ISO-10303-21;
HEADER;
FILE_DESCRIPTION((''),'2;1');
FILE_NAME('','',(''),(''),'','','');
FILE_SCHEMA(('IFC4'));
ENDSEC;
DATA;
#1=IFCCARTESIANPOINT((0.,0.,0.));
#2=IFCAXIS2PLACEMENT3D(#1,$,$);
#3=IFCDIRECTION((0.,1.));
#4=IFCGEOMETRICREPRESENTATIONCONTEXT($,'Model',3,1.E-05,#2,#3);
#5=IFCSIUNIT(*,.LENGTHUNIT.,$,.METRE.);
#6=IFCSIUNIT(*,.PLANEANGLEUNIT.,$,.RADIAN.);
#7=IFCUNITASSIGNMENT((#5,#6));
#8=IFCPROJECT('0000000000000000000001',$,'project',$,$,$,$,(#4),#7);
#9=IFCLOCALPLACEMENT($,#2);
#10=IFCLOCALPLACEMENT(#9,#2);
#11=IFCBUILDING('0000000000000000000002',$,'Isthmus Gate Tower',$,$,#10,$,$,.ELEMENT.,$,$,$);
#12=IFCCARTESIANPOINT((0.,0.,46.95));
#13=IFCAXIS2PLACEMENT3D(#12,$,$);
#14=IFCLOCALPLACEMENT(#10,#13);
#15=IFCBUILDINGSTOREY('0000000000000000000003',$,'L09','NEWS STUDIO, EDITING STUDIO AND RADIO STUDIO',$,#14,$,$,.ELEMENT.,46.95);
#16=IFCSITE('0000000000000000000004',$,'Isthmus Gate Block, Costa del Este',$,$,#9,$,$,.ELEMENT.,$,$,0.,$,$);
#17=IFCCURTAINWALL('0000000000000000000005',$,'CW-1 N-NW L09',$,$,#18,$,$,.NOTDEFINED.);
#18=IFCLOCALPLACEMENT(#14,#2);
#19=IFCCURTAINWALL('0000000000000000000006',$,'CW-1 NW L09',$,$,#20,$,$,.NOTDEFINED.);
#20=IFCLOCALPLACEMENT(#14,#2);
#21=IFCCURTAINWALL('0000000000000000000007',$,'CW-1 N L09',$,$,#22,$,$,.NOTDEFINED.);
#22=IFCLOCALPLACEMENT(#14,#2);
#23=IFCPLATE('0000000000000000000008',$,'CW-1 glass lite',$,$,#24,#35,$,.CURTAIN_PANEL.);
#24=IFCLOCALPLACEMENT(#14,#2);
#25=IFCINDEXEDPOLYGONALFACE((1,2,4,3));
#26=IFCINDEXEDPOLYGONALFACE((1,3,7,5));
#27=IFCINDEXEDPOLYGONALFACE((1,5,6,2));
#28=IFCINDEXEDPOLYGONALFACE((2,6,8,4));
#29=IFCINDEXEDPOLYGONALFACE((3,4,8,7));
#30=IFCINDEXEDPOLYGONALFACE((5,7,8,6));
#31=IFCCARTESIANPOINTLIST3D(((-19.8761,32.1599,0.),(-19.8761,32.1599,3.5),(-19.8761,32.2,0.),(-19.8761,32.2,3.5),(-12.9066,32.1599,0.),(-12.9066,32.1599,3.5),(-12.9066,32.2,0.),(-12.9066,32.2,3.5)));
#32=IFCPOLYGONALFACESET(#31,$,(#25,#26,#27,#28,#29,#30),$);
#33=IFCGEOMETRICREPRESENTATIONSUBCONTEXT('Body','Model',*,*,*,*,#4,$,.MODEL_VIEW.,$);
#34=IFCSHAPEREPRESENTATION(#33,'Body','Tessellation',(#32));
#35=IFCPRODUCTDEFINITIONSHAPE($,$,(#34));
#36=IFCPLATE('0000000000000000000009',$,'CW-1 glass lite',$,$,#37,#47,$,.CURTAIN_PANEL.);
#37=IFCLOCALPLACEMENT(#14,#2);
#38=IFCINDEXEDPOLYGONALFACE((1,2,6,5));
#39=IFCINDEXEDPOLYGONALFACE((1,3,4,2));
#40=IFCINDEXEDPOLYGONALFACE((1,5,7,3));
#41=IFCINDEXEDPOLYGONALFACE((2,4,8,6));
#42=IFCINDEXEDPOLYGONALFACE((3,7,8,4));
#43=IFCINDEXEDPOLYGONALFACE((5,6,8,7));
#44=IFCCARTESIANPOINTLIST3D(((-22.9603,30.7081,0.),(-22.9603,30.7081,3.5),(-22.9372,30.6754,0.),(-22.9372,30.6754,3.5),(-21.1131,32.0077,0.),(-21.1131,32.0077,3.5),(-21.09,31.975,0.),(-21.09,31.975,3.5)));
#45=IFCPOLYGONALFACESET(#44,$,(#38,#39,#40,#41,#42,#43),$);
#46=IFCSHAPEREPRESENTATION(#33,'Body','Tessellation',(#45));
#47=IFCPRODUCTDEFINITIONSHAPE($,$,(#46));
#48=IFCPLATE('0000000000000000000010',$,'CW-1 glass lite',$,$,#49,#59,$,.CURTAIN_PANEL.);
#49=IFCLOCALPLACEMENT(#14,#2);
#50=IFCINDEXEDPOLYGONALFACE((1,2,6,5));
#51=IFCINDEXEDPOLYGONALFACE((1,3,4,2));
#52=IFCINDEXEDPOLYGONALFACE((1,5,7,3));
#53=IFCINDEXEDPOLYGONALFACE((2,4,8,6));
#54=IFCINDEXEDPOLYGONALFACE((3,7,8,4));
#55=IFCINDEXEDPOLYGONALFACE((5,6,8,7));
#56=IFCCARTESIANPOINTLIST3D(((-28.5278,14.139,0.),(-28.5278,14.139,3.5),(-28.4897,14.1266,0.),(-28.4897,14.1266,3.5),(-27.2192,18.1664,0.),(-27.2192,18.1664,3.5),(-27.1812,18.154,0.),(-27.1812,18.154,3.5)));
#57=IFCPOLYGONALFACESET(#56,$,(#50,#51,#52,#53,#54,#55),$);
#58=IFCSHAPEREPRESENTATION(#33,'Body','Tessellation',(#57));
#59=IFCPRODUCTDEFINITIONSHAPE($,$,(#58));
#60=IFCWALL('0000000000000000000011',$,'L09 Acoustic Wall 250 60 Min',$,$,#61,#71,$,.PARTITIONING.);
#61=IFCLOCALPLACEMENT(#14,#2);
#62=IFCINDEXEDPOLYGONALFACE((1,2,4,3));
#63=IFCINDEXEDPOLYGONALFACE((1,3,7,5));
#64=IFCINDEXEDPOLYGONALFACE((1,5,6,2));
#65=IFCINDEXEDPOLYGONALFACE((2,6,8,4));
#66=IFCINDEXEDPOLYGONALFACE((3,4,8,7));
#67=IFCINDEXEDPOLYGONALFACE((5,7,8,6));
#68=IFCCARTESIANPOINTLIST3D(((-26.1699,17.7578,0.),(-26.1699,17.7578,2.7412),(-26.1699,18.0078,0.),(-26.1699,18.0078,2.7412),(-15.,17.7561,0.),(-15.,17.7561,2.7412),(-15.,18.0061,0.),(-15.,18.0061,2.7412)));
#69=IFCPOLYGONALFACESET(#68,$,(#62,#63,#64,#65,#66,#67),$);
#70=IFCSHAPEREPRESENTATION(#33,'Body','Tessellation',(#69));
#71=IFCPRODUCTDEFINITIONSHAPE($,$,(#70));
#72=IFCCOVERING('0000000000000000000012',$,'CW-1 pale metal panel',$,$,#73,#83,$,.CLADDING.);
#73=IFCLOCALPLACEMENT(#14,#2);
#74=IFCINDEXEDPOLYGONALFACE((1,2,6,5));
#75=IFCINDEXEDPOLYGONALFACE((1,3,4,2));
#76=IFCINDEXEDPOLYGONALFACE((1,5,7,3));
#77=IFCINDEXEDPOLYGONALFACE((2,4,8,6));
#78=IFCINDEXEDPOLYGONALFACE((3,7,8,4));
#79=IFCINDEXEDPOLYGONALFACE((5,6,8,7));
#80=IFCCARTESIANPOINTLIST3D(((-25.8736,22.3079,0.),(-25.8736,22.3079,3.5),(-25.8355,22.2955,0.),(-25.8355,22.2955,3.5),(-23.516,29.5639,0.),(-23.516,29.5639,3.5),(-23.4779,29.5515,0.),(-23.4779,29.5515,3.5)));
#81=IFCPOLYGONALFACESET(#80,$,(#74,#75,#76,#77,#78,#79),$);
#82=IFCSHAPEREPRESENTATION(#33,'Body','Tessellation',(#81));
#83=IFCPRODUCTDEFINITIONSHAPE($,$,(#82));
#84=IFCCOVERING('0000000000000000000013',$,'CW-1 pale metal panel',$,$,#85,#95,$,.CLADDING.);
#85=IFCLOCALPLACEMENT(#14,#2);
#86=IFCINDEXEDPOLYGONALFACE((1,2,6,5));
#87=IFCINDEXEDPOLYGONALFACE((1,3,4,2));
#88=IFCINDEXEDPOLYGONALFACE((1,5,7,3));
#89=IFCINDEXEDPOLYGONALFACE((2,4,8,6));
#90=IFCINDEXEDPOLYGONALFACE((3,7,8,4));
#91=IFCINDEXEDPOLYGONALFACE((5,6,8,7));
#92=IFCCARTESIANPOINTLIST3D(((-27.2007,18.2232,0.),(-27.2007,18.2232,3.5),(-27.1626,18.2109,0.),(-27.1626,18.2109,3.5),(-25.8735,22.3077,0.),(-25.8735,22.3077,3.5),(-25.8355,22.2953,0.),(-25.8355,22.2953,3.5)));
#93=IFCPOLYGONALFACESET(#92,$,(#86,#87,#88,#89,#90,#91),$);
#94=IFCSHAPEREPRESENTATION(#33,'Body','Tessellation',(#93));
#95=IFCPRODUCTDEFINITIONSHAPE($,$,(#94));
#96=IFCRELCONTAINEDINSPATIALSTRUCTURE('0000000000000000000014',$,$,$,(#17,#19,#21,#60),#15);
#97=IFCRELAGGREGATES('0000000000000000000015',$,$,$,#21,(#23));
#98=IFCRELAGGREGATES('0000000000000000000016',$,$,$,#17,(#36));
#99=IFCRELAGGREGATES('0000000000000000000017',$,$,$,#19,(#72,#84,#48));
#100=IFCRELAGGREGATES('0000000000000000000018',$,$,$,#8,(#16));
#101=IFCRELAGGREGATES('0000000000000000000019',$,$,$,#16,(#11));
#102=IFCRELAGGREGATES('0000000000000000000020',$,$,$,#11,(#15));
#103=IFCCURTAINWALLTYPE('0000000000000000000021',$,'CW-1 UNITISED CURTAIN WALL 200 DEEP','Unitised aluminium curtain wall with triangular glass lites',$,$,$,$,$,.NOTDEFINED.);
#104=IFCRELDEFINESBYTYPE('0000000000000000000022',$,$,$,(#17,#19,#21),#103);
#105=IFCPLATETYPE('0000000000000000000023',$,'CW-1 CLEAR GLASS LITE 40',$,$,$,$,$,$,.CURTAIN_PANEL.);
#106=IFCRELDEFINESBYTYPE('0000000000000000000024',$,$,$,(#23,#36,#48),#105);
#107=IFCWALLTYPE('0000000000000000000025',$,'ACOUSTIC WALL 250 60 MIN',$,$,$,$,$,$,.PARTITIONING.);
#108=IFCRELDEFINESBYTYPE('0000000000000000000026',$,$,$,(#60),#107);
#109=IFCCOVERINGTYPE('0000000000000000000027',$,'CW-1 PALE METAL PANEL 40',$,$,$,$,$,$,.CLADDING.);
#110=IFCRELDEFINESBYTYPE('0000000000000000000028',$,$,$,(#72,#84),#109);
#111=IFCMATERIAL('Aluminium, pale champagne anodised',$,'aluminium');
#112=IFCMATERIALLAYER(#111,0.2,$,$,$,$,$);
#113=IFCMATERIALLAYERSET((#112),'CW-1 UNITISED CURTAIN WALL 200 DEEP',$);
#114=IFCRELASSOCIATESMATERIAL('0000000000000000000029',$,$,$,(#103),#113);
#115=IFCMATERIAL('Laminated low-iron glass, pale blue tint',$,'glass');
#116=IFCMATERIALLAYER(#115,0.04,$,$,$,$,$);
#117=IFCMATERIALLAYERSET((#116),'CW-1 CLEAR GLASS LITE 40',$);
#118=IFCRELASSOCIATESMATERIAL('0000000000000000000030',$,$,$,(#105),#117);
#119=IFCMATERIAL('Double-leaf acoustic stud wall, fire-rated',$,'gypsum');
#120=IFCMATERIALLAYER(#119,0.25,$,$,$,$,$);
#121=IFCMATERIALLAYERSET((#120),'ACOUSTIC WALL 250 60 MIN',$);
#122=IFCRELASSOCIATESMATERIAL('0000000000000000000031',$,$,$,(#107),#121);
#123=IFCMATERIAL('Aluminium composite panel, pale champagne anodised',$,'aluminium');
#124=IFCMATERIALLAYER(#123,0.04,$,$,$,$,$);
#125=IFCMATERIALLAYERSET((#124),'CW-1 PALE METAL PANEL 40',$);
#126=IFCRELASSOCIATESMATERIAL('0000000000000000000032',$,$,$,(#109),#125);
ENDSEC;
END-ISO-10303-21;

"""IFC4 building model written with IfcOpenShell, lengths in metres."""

from ifc_helpers import new_model, si_unit, direction, frame, frame_2d, origin, origin_2d, place, context, subcontext, project, spatial, rectangle, extrude, material, layer, layer_set, type_object, element, aggregate, save


model = new_model("IFC4")

# Units and contexts
model_context = context("Model", 3, precision=1e-05, world=origin(), true_north=direction((0.0, 1.0)))
body_context = subcontext(model_context, "Body", "Model", "MODEL_VIEW")
ifc_project = project(units=[si_unit("LENGTHUNIT", "METRE"), si_unit("PLANEANGLEUNIT", "RADIAN")], contexts=[model_context])

# Site, building, storey
site_placement = place(None, origin())
site = spatial("IfcSite", under=ifc_project, at=site_placement, Name="Isthmus Gate Block, Costa del Este", CompositionType="ELEMENT", RefElevation=0.0)
building_placement = place(site_placement, origin())
building = spatial("IfcBuilding", under=site, at=building_placement, Name="Isthmus Gate Tower", CompositionType="ELEMENT")
storey_placement = place(building_placement, frame((0.0, 0.0, 46.95)))
storey = spatial("IfcBuildingStorey", under=building, at=storey_placement, Name="L09", Description="NEWS STUDIO, EDITING STUDIO AND RADIO STUDIO", CompositionType="ELEMENT", Elevation=46.95)

# Curtain wall
ifc_material_1 = material(Name="Aluminium, pale champagne anodised", Category="aluminium")
ifc_layer_1 = layer(ifc_material_1, 0.2)
ifc_layer_set_1 = layer_set([ifc_layer_1], Name="CW-1 UNITISED CURTAIN WALL 200 DEEP")
curtain_wall_type = type_object("IfcCurtainWallType", Name="CW-1 UNITISED CURTAIN WALL 200 DEEP", Description="Unitised aluminium curtain wall with triangular glass lites", PredefinedType="NOTDEFINED", material=ifc_layer_set_1)
curtain_wall_1_placement = place(storey_placement, origin())
curtain_wall_1 = element("IfcCurtainWall", 1, at=curtain_wall_1_placement, inside=storey, type_object=curtain_wall_type, Name="CW-1 N-NW L09", PredefinedType="NOTDEFINED")

# Curtain wall
curtain_wall_2_placement = place(storey_placement, origin())
curtain_wall_2 = element("IfcCurtainWall", 2, at=curtain_wall_2_placement, inside=storey, type_object=curtain_wall_type, Name="CW-1 NW L09", PredefinedType="NOTDEFINED")

# Curtain wall, plate
curtain_wall_3_placement = place(storey_placement, origin())
curtain_wall_3 = element("IfcCurtainWall", 3, at=curtain_wall_3_placement, inside=storey, type_object=curtain_wall_type, Name="CW-1 N L09", PredefinedType="NOTDEFINED")
ifc_material_2 = material(Name="Laminated low-iron glass, pale blue tint", Category="glass")
ifc_layer_2 = layer(ifc_material_2, 0.04)
ifc_layer_set_2 = layer_set([ifc_layer_2], Name="CW-1 CLEAR GLASS LITE 40")
plate_type = type_object("IfcPlateType", Name="CW-1 CLEAR GLASS LITE 40", PredefinedType="CURTAIN_PANEL", material=ifc_layer_set_2)
plate_1_placement = place(storey_placement, frame((-16.3914, 32.1799, 0.0), z_axis=(0.0, 0.0, 1.0), x_axis=(-1.0, 0.0, 0.0)))
plate_1 = element("IfcPlate", 4, at=plate_1_placement, type_object=plate_type, Name="CW-1 glass lite", PredefinedType="CURTAIN_PANEL", context=body_context, shape_type="SweptSolid", body=[
    extrude(rectangle(XDim=6.9695, YDim=0.04, at=origin_2d()), origin(), (0.0, 0.0, 1.0), 3.5),
])
aggregate(curtain_wall_3, [plate_1])

# Plates
plate_2_placement = place(storey_placement, frame((-22.0251, 31.3416, 0.0), z_axis=(0.0, 0.0, 1.0), x_axis=(-0.81786, -0.575418, 0.0)))
plate_2 = element("IfcPlate", 5, at=plate_2_placement, type_object=plate_type, Name="CW-1 glass lite", PredefinedType="CURTAIN_PANEL", context=body_context, shape_type="SweptSolid", body=[
    extrude(rectangle(XDim=2.2585, YDim=0.04, at=origin_2d()), origin(), (0.0, 0.0, 1.0), 3.5),
])
aggregate(curtain_wall_1, [plate_2])
plate_3_placement = place(storey_placement, frame((-27.8545, 16.1465, 0.0), z_axis=(0.0, 0.0, 1.0), x_axis=(-0.309017, -0.951057, 0.0)))
plate_3 = element("IfcPlate", 6, at=plate_3_placement, type_object=plate_type, Name="CW-1 glass lite", PredefinedType="CURTAIN_PANEL", context=body_context, shape_type="SweptSolid", body=[
    extrude(rectangle(XDim=4.2346, YDim=0.04, at=origin_2d()), origin(), (0.0, 0.0, 1.0), 3.5),
])

# Wall
ifc_material_3 = material(Name="Double-leaf acoustic stud wall, fire-rated", Category="gypsum")
ifc_layer_3 = layer(ifc_material_3, 0.25)
ifc_layer_set_3 = layer_set([ifc_layer_3], Name="ACOUSTIC WALL 250 60 MIN")
wall_type = type_object("IfcWallType", Name="ACOUSTIC WALL 250 60 MIN", PredefinedType="PARTITIONING", material=ifc_layer_set_3)
wall_placement = place(storey_placement, frame((-26.1699, 17.8828, 0.0), z_axis=(0.0, 0.0, 1.0), x_axis=(1.0, -0.000153, 0.0)))
element("IfcWall", 7, at=wall_placement, inside=storey, type_object=wall_type, Name="L09 Acoustic Wall 250 60 Min", PredefinedType="PARTITIONING", context=body_context, shape_type="SweptSolid", body=[
    extrude(rectangle(XDim=11.1699, YDim=0.25, at=frame_2d((5.585, 0.0))), origin(), (0.0, 0.0, 1.0), 2.7412),
])

# Coverings
ifc_material_4 = material(Name="Aluminium composite panel, pale champagne anodised", Category="aluminium")
ifc_layer_4 = layer(ifc_material_4, 0.04)
ifc_layer_set_4 = layer_set([ifc_layer_4], Name="CW-1 PALE METAL PANEL 40")
covering_type = type_object("IfcCoveringType", Name="CW-1 PALE METAL PANEL 40", PredefinedType="CLADDING", material=ifc_layer_set_4)
covering_1_placement = place(storey_placement, frame((-24.6758, 25.9297, 0.0), z_axis=(0.0, 0.0, 1.0), x_axis=(-0.309017, -0.951057, 0.0)))
covering_1 = element("IfcCovering", 8, at=covering_1_placement, type_object=covering_type, Name="CW-1 pale metal panel", PredefinedType="CLADDING", context=body_context, shape_type="SweptSolid", body=[
    extrude(rectangle(XDim=7.6294, YDim=0.04, at=origin_2d()), origin(), (0.0, 0.0, 1.0), 3.5),
])
covering_2_placement = place(storey_placement, frame((-26.5181, 20.2593, 0.0), z_axis=(0.0, 0.0, 1.0), x_axis=(-0.309017, -0.951057, 0.0)))
covering_2 = element("IfcCovering", 9, at=covering_2_placement, type_object=covering_type, Name="CW-1 pale metal panel", PredefinedType="CLADDING", context=body_context, shape_type="SweptSolid", body=[
    extrude(rectangle(XDim=4.2947, YDim=0.04, at=origin_2d()), origin(), (0.0, 0.0, 1.0), 3.5),
])
aggregate(curtain_wall_2, [covering_1, covering_2, plate_3])

save(model, "model.ifc")
